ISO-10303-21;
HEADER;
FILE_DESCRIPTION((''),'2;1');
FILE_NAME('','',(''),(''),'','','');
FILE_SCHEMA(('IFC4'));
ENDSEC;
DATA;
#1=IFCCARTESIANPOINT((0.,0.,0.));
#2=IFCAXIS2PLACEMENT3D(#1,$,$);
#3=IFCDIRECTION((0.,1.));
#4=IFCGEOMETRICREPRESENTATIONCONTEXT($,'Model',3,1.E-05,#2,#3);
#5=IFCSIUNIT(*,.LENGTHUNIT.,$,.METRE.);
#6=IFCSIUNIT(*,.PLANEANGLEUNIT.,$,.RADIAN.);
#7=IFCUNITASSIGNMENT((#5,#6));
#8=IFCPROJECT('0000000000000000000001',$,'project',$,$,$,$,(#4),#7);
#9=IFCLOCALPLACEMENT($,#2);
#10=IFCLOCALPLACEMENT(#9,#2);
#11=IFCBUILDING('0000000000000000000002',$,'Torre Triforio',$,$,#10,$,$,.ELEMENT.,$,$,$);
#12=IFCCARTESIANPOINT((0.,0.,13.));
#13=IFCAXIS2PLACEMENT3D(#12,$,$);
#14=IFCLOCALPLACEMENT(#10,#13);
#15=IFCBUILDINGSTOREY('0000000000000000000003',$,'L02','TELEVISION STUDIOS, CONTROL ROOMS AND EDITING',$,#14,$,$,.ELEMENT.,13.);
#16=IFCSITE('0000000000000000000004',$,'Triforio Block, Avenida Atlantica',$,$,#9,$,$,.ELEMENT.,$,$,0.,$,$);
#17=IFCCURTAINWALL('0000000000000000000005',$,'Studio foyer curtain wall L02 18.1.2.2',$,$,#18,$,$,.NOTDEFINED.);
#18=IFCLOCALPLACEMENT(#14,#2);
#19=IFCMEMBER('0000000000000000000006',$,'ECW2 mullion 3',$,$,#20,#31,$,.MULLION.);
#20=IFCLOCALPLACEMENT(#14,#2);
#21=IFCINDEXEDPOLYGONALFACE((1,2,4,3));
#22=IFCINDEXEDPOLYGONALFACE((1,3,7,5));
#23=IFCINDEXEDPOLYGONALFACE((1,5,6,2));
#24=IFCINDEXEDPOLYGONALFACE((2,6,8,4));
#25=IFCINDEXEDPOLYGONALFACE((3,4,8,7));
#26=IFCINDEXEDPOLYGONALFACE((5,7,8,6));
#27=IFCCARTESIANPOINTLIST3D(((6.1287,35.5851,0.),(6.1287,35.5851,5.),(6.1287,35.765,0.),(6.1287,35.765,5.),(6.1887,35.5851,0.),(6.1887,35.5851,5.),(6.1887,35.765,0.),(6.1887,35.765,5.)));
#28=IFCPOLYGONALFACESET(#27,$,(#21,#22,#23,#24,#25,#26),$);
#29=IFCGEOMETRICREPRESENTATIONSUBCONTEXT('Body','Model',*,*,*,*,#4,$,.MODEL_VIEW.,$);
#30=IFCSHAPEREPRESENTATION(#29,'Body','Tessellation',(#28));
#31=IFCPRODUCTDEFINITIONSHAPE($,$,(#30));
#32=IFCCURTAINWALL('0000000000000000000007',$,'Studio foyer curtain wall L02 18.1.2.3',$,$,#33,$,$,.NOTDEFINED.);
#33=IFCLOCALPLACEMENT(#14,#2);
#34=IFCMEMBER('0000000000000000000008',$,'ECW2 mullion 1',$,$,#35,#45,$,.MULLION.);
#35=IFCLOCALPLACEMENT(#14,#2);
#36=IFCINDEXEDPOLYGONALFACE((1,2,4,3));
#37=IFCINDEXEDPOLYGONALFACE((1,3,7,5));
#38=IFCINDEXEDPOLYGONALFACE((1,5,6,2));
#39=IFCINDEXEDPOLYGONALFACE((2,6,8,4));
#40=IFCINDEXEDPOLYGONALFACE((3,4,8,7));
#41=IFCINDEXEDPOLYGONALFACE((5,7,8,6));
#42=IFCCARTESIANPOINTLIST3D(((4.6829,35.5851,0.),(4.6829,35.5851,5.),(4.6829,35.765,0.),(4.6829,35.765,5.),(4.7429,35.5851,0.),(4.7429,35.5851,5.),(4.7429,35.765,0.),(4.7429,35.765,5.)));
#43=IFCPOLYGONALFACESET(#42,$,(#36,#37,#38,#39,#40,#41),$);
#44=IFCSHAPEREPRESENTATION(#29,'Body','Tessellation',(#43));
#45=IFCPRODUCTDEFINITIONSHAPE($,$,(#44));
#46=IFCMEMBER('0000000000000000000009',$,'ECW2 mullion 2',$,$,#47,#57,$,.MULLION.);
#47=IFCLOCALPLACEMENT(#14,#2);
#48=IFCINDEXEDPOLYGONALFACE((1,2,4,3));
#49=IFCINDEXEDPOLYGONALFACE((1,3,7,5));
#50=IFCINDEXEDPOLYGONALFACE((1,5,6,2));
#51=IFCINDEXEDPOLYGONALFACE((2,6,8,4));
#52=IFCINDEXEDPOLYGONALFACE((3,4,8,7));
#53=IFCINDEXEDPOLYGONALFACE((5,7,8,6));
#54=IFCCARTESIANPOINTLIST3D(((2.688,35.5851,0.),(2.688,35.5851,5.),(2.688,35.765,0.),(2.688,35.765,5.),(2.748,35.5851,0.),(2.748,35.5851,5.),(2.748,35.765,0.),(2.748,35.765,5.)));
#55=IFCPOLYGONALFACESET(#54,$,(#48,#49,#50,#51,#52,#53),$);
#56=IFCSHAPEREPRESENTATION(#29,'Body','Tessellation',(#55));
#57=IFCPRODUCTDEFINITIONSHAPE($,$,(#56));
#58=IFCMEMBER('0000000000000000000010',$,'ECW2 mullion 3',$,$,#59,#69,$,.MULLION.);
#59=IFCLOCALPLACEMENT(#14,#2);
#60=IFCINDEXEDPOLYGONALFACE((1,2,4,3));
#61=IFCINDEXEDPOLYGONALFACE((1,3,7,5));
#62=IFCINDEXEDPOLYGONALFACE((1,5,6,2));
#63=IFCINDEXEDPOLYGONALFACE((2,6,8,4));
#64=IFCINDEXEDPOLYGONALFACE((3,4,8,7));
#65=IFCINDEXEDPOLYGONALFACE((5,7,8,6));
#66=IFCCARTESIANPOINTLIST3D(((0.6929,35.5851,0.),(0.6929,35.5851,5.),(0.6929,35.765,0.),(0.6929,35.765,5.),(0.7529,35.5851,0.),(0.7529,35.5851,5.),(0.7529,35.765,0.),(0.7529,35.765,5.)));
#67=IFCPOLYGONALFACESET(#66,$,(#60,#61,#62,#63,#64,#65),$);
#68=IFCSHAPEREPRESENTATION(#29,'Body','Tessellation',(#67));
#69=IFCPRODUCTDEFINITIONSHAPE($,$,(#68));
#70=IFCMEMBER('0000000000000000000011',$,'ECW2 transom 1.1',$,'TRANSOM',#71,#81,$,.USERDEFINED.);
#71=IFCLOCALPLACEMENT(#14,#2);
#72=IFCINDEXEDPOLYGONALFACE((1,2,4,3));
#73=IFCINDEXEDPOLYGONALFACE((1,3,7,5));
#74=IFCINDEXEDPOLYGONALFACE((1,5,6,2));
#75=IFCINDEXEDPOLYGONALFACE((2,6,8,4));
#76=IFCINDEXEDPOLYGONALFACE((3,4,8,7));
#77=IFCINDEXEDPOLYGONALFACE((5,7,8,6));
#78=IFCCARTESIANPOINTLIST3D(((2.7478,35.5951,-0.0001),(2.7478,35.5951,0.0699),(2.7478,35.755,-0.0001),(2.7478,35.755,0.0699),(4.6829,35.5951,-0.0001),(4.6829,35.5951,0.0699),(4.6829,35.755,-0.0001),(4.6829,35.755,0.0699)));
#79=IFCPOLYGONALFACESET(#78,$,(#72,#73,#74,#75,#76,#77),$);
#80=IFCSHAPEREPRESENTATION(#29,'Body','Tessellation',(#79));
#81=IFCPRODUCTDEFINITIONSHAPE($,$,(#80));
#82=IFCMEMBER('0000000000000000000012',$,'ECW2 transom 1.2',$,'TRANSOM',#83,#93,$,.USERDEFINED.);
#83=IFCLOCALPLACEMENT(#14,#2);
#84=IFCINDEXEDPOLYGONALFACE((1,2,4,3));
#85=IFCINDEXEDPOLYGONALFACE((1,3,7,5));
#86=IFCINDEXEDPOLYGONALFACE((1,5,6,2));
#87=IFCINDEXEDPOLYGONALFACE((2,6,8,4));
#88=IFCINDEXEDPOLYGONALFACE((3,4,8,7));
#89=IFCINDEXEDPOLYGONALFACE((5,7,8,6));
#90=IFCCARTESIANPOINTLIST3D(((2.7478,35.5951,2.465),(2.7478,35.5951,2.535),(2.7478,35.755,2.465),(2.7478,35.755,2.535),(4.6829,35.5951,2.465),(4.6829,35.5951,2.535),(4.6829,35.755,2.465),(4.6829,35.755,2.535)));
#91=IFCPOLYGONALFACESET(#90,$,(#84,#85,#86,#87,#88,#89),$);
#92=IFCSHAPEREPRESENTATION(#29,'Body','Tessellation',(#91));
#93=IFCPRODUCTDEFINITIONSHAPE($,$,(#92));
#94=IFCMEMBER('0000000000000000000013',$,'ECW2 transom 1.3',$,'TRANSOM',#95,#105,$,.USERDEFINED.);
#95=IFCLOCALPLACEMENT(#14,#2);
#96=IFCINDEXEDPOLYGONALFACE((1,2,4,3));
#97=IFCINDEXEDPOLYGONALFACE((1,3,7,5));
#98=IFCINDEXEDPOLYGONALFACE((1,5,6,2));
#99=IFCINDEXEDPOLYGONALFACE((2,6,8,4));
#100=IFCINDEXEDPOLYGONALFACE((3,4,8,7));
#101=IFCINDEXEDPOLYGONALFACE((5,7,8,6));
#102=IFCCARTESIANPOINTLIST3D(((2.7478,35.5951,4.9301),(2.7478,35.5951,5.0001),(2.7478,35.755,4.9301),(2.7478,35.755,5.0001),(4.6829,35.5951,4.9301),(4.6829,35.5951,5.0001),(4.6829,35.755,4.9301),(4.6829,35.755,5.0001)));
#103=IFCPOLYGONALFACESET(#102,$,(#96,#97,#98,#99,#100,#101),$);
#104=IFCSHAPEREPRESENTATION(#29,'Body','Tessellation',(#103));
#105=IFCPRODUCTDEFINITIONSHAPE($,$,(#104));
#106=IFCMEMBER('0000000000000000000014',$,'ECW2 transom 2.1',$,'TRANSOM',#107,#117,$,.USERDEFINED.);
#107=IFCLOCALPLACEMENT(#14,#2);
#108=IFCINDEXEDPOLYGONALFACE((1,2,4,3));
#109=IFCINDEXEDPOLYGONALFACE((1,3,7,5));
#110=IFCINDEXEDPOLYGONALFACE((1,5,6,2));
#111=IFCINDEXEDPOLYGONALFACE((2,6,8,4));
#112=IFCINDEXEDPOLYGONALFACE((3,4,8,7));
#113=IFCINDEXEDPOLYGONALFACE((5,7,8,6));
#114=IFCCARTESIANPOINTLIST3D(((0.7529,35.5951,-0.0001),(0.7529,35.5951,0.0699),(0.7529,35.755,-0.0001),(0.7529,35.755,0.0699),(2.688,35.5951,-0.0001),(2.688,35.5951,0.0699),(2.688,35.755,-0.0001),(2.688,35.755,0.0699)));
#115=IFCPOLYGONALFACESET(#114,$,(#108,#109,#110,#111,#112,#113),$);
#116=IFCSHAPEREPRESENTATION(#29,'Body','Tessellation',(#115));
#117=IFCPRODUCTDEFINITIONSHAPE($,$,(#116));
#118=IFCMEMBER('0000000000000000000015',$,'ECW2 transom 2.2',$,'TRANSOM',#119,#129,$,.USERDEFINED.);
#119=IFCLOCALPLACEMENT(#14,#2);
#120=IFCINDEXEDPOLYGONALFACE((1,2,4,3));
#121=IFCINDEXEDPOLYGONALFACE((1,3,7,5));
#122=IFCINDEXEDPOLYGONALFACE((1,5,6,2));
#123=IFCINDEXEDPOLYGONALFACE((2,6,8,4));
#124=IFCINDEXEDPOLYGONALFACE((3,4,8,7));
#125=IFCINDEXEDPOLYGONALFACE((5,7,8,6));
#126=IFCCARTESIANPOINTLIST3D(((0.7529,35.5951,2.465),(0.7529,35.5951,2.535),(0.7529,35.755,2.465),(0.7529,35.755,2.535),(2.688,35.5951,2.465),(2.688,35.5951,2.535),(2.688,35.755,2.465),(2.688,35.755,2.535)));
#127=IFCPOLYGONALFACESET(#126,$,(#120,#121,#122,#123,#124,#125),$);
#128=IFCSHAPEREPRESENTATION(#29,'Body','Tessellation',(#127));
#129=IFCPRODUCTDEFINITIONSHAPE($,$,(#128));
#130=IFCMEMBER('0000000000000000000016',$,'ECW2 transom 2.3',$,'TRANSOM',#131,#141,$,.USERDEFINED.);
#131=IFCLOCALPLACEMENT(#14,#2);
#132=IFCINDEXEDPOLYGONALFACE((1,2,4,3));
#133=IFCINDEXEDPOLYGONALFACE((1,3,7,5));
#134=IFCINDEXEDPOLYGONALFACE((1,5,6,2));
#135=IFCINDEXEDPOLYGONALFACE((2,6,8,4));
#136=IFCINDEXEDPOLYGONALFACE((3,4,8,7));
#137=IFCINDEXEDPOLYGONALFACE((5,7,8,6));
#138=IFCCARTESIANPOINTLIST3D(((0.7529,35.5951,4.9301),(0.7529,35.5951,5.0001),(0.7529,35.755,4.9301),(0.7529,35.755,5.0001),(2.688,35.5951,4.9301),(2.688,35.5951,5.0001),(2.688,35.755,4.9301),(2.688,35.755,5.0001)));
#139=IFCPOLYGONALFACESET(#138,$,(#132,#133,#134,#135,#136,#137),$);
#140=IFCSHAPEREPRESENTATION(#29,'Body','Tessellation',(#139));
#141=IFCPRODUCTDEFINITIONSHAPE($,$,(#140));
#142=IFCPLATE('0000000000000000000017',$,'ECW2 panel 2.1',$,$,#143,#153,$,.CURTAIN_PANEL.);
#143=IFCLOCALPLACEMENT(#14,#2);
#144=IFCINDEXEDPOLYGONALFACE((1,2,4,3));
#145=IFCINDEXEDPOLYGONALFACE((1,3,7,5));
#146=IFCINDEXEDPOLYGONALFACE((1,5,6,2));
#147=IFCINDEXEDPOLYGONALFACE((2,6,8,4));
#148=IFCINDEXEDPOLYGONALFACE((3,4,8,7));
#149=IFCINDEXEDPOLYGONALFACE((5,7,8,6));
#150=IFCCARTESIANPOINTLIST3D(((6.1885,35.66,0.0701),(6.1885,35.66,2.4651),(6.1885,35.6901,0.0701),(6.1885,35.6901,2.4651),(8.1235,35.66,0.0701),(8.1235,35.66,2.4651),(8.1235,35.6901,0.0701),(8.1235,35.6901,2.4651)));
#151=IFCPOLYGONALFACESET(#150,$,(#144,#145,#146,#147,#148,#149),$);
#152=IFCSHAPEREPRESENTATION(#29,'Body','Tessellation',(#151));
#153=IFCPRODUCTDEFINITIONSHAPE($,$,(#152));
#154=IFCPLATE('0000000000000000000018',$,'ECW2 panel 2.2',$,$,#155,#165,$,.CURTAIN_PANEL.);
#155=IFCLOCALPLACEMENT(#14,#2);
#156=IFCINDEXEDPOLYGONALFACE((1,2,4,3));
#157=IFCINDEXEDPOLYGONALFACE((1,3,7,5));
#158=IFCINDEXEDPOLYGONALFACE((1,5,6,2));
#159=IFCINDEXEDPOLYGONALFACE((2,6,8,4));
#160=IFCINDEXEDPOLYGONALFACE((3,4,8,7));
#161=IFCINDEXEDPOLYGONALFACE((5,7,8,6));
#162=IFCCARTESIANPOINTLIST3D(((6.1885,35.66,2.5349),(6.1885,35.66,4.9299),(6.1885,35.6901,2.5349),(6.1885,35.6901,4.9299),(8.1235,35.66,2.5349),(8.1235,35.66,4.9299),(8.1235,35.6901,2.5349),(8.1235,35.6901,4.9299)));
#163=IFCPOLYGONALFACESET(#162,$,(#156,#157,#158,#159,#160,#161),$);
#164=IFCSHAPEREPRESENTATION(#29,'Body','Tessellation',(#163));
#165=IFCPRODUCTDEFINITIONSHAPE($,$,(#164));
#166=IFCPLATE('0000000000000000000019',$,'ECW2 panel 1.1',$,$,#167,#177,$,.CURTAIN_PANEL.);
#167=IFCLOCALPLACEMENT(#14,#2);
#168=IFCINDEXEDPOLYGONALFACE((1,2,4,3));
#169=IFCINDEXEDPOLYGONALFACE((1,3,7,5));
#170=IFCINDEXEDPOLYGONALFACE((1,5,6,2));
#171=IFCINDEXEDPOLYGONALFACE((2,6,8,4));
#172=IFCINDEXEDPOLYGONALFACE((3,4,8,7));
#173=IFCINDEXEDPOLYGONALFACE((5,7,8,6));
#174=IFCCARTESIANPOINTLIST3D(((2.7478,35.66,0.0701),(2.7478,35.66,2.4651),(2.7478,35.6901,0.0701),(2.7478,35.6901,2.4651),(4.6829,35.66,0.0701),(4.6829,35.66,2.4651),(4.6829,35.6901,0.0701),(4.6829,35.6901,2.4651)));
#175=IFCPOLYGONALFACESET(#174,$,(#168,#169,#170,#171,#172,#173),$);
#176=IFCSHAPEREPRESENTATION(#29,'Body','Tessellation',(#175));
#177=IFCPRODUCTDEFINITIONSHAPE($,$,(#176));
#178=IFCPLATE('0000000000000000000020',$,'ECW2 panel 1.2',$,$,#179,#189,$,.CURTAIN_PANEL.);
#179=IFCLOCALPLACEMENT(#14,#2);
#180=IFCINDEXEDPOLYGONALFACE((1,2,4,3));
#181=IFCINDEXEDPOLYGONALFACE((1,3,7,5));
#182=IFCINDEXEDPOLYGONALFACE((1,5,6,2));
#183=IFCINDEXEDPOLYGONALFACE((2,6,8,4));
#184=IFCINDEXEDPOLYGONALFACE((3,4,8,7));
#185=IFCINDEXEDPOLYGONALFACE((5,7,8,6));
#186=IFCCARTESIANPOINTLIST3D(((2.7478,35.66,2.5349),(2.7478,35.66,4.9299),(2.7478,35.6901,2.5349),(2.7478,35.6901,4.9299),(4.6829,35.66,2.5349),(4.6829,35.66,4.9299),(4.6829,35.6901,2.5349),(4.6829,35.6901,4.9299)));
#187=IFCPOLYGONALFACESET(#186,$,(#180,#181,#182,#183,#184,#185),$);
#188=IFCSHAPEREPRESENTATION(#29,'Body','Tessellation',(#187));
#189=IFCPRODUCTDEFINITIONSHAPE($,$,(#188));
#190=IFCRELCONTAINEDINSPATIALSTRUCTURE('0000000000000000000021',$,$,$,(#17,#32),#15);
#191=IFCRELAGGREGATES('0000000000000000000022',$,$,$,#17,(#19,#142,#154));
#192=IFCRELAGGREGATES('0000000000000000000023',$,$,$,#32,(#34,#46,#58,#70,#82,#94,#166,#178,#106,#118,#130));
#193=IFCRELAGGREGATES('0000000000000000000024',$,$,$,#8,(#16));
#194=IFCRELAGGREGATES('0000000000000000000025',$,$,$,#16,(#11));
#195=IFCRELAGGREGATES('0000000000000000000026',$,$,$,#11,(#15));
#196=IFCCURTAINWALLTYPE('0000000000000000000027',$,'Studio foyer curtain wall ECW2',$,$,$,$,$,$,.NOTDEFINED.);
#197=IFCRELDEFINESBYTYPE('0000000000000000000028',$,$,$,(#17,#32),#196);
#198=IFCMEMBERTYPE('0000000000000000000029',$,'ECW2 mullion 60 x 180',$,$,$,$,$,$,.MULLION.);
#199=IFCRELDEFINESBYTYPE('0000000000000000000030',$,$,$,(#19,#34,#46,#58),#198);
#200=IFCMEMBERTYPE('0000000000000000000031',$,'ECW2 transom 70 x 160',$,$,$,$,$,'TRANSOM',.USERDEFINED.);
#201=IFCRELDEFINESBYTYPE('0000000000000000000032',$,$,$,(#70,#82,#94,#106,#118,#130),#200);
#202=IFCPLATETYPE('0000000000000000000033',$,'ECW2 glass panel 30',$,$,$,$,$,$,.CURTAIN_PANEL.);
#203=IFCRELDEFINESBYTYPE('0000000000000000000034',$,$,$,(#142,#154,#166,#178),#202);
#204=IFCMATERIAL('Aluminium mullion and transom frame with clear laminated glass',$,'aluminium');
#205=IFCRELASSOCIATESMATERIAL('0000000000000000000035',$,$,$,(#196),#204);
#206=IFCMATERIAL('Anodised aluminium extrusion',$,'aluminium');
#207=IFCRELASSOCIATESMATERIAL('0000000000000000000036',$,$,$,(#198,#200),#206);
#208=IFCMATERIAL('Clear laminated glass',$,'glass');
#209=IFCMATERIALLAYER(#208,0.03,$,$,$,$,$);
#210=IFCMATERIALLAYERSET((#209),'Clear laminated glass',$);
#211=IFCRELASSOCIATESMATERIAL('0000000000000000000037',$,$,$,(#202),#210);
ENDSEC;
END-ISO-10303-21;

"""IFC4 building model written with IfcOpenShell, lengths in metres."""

from ifc_helpers import new_model, si_unit, direction, frame, origin, origin_2d, place, context, subcontext, project, spatial, rectangle, extrude, material, layer, layer_set, material_profile, profile_set, type_object, element, aggregate, save


model = new_model("IFC4")

# Units and contexts
model_context = context("Model", 3, precision=1e-05, world=origin(), true_north=direction((0.0, 1.0)))
body_context = subcontext(model_context, "Body", "Model", "MODEL_VIEW")
ifc_project = project(units=[si_unit("LENGTHUNIT", "METRE"), si_unit("PLANEANGLEUNIT", "RADIAN")], contexts=[model_context])

# Site, building, storey
site_placement = place(None, origin())
site = spatial("IfcSite", under=ifc_project, at=site_placement, Name="Triforio Block, Avenida Atlantica", CompositionType="ELEMENT", RefElevation=0.0)
building_placement = place(site_placement, origin())
building = spatial("IfcBuilding", under=site, at=building_placement, Name="Torre Triforio", CompositionType="ELEMENT")
storey_placement = place(building_placement, frame((0.0, 0.0, 13.0)))
storey = spatial("IfcBuildingStorey", under=building, at=storey_placement, Name="L02", Description="TELEVISION STUDIOS, CONTROL ROOMS AND EDITING", CompositionType="ELEMENT", Elevation=13.0)

# Curtain wall, member
ifc_material_1 = material(Name="Aluminium mullion and transom frame with clear laminated glass", Category="aluminium")
curtain_wall_type = type_object("IfcCurtainWallType", Name="Studio foyer curtain wall ECW2", PredefinedType="NOTDEFINED", material=ifc_material_1)
curtain_wall_1_placement = place(storey_placement, origin())
curtain_wall_1 = element("IfcCurtainWall", 1, at=curtain_wall_1_placement, inside=storey, type_object=curtain_wall_type, Name="Studio foyer curtain wall L02 18.1.2.2", PredefinedType="NOTDEFINED")
ifc_material_2 = material(Name="Anodised aluminium extrusion", Category="aluminium")
ifc_material_profile_1 = material_profile(ifc_material_2, rectangle(XDim=0.1799, YDim=0.0601, at=origin_2d()), Name="ECW2 MULLION 60x180")
ifc_profile_set_1 = profile_set([ifc_material_profile_1], Name="Anodised aluminium extrusion")
member_type_1 = type_object("IfcMemberType", Name="ECW2 mullion 60 x 180", PredefinedType="MULLION", material=ifc_profile_set_1)
member_1_placement = place(storey_placement, frame((6.1587, 35.675, 0.0), z_axis=(0.0, 0.0, 1.0), x_axis=(0.0, -1.0, 0.0)))
member_1 = element("IfcMember", 2, at=member_1_placement, type_object=member_type_1, Name="ECW2 mullion 3", PredefinedType="MULLION", context=body_context, shape_type="SweptSolid", body=[
    extrude(rectangle(XDim=0.1799, YDim=0.0601, at=origin_2d()), origin(), (0.0, 0.0, 1.0), 5.0),
])

# Curtain wall, members
curtain_wall_2_placement = place(storey_placement, origin())
curtain_wall_2 = element("IfcCurtainWall", 3, at=curtain_wall_2_placement, inside=storey, type_object=curtain_wall_type, Name="Studio foyer curtain wall L02 18.1.2.3", PredefinedType="NOTDEFINED")
member_2_placement = place(storey_placement, frame((4.7129, 35.675, 0.0), z_axis=(0.0, 0.0, 1.0), x_axis=(0.0, -1.0, 0.0)))
member_2 = element("IfcMember", 4, at=member_2_placement, type_object=member_type_1, Name="ECW2 mullion 1", PredefinedType="MULLION", context=body_context, shape_type="SweptSolid", body=[
    extrude(rectangle(XDim=0.1799, YDim=0.0601, at=origin_2d()), origin(), (0.0, 0.0, 1.0), 5.0),
])
member_3_placement = place(storey_placement, frame((2.718, 35.675, 0.0), z_axis=(0.0, 0.0, 1.0), x_axis=(0.0, -1.0, 0.0)))
member_3 = element("IfcMember", 5, at=member_3_placement, type_object=member_type_1, Name="ECW2 mullion 2", PredefinedType="MULLION", context=body_context, shape_type="SweptSolid", body=[
    extrude(rectangle(XDim=0.1799, YDim=0.0601, at=origin_2d()), origin(), (0.0, 0.0, 1.0), 5.0),
])
member_4_placement = place(storey_placement, frame((0.7229, 35.675, 0.0), z_axis=(0.0, 0.0, 1.0), x_axis=(0.0, -1.0, 0.0)))
member_4 = element("IfcMember", 6, at=member_4_placement, type_object=member_type_1, Name="ECW2 mullion 3", PredefinedType="MULLION", context=body_context, shape_type="SweptSolid", body=[
    extrude(rectangle(XDim=0.1799, YDim=0.0601, at=origin_2d()), origin(), (0.0, 0.0, 1.0), 5.0),
])
ifc_material_profile_2 = material_profile(ifc_material_2, rectangle(XDim=0.1599, YDim=0.0701, at=origin_2d()), Name="ECW2 TRANSOM 70x160")
ifc_profile_set_2 = profile_set([ifc_material_profile_2], Name="Anodised aluminium extrusion")
member_type_2 = type_object("IfcMemberType", Name="ECW2 transom 70 x 160", ElementType="TRANSOM", PredefinedType="USERDEFINED", material=ifc_profile_set_2)
member_5_placement = place(storey_placement, frame((4.6829, 35.675, 0.0349), z_axis=(-1.0, 0.0, 0.0), x_axis=(0.0, -1.0, 0.0)))
member_5 = element("IfcMember", 7, at=member_5_placement, type_object=member_type_2, Name="ECW2 transom 1.1", ObjectType="TRANSOM", PredefinedType="USERDEFINED", context=body_context, shape_type="SweptSolid", body=[
    extrude(rectangle(XDim=0.1599, YDim=0.0701, at=origin_2d()), origin(), (0.0, 0.0, 1.0), 1.9351),
])
member_6_placement = place(storey_placement, frame((4.6829, 35.675, 2.5), z_axis=(-1.0, 0.0, 0.0), x_axis=(0.0, -1.0, 0.0)))
member_6 = element("IfcMember", 8, at=member_6_placement, type_object=member_type_2, Name="ECW2 transom 1.2", ObjectType="TRANSOM", PredefinedType="USERDEFINED", context=body_context, shape_type="SweptSolid", body=[
    extrude(rectangle(XDim=0.1599, YDim=0.0701, at=origin_2d()), origin(), (0.0, 0.0, 1.0), 1.9351),
])
member_7_placement = place(storey_placement, frame((4.6829, 35.675, 4.9651), z_axis=(-1.0, 0.0, 0.0), x_axis=(0.0, -1.0, 0.0)))
member_7 = element("IfcMember", 9, at=member_7_placement, type_object=member_type_2, Name="ECW2 transom 1.3", ObjectType="TRANSOM", PredefinedType="USERDEFINED", context=body_context, shape_type="SweptSolid", body=[
    extrude(rectangle(XDim=0.1599, YDim=0.0701, at=origin_2d()), origin(), (0.0, 0.0, 1.0), 1.9351),
])
member_8_placement = place(storey_placement, frame((2.688, 35.675, 0.0349), z_axis=(-1.0, 0.0, 0.0), x_axis=(0.0, -1.0, 0.0)))
member_8 = element("IfcMember", 10, at=member_8_placement, type_object=member_type_2, Name="ECW2 transom 2.1", ObjectType="TRANSOM", PredefinedType="USERDEFINED", context=body_context, shape_type="SweptSolid", body=[
    extrude(rectangle(XDim=0.1599, YDim=0.0701, at=origin_2d()), origin(), (0.0, 0.0, 1.0), 1.9351),
])
member_9_placement = place(storey_placement, frame((2.688, 35.675, 2.5), z_axis=(-1.0, 0.0, 0.0), x_axis=(0.0, -1.0, 0.0)))
member_9 = element("IfcMember", 11, at=member_9_placement, type_object=member_type_2, Name="ECW2 transom 2.2", ObjectType="TRANSOM", PredefinedType="USERDEFINED", context=body_context, shape_type="SweptSolid", body=[
    extrude(rectangle(XDim=0.1599, YDim=0.0701, at=origin_2d()), origin(), (0.0, 0.0, 1.0), 1.9351),
])
member_10_placement = place(storey_placement, frame((2.688, 35.675, 4.9651), z_axis=(-1.0, 0.0, 0.0), x_axis=(0.0, -1.0, 0.0)))
member_10 = element("IfcMember", 12, at=member_10_placement, type_object=member_type_2, Name="ECW2 transom 2.3", ObjectType="TRANSOM", PredefinedType="USERDEFINED", context=body_context, shape_type="SweptSolid", body=[
    extrude(rectangle(XDim=0.1599, YDim=0.0701, at=origin_2d()), origin(), (0.0, 0.0, 1.0), 1.9351),
])

# Plates
ifc_material_3 = material(Name="Clear laminated glass", Category="glass")
ifc_layer_1 = layer(ifc_material_3, 0.03)
ifc_layer_set_1 = layer_set([ifc_layer_1], Name="Clear laminated glass")
plate_type = type_object("IfcPlateType", Name="ECW2 glass panel 30", PredefinedType="CURTAIN_PANEL", material=ifc_layer_set_1)
plate_1_placement = place(storey_placement, frame((7.156, 35.675, 0.0701), z_axis=(0.0, 0.0, 1.0), x_axis=(-1.0, 0.0, 0.0)))
plate_1 = element("IfcPlate", 13, at=plate_1_placement, type_object=plate_type, Name="ECW2 panel 2.1", PredefinedType="CURTAIN_PANEL", context=body_context, shape_type="SweptSolid", body=[
    extrude(rectangle(XDim=1.9351, YDim=0.03, at=origin_2d()), origin(), (0.0, 0.0, 1.0), 2.395),
])
plate_2_placement = place(storey_placement, frame((7.156, 35.675, 2.5349), z_axis=(0.0, 0.0, 1.0), x_axis=(-1.0, 0.0, 0.0)))
plate_2 = element("IfcPlate", 14, at=plate_2_placement, type_object=plate_type, Name="ECW2 panel 2.2", PredefinedType="CURTAIN_PANEL", context=body_context, shape_type="SweptSolid", body=[
    extrude(rectangle(XDim=1.9351, YDim=0.03, at=origin_2d()), origin(), (0.0, 0.0, 1.0), 2.395),
])
aggregate(curtain_wall_1, [member_1, plate_1, plate_2])
plate_3_placement = place(storey_placement, frame((3.7153, 35.675, 0.0701), z_axis=(0.0, 0.0, 1.0), x_axis=(-1.0, 0.0, 0.0)))
plate_3 = element("IfcPlate", 15, at=plate_3_placement, type_object=plate_type, Name="ECW2 panel 1.1", PredefinedType="CURTAIN_PANEL", context=body_context, shape_type="SweptSolid", body=[
    extrude(rectangle(XDim=1.9351, YDim=0.03, at=origin_2d()), origin(), (0.0, 0.0, 1.0), 2.395),
])
plate_4_placement = place(storey_placement, frame((3.7153, 35.675, 2.5349), z_axis=(0.0, 0.0, 1.0), x_axis=(-1.0, 0.0, 0.0)))
plate_4 = element("IfcPlate", 16, at=plate_4_placement, type_object=plate_type, Name="ECW2 panel 1.2", PredefinedType="CURTAIN_PANEL", context=body_context, shape_type="SweptSolid", body=[
    extrude(rectangle(XDim=1.9351, YDim=0.03, at=origin_2d()), origin(), (0.0, 0.0, 1.0), 2.395),
])
aggregate(curtain_wall_2, [member_2, member_3, member_4, member_5, member_6, member_7, plate_3, plate_4, member_8, member_9, member_10])

save(model, "model.ifc")
